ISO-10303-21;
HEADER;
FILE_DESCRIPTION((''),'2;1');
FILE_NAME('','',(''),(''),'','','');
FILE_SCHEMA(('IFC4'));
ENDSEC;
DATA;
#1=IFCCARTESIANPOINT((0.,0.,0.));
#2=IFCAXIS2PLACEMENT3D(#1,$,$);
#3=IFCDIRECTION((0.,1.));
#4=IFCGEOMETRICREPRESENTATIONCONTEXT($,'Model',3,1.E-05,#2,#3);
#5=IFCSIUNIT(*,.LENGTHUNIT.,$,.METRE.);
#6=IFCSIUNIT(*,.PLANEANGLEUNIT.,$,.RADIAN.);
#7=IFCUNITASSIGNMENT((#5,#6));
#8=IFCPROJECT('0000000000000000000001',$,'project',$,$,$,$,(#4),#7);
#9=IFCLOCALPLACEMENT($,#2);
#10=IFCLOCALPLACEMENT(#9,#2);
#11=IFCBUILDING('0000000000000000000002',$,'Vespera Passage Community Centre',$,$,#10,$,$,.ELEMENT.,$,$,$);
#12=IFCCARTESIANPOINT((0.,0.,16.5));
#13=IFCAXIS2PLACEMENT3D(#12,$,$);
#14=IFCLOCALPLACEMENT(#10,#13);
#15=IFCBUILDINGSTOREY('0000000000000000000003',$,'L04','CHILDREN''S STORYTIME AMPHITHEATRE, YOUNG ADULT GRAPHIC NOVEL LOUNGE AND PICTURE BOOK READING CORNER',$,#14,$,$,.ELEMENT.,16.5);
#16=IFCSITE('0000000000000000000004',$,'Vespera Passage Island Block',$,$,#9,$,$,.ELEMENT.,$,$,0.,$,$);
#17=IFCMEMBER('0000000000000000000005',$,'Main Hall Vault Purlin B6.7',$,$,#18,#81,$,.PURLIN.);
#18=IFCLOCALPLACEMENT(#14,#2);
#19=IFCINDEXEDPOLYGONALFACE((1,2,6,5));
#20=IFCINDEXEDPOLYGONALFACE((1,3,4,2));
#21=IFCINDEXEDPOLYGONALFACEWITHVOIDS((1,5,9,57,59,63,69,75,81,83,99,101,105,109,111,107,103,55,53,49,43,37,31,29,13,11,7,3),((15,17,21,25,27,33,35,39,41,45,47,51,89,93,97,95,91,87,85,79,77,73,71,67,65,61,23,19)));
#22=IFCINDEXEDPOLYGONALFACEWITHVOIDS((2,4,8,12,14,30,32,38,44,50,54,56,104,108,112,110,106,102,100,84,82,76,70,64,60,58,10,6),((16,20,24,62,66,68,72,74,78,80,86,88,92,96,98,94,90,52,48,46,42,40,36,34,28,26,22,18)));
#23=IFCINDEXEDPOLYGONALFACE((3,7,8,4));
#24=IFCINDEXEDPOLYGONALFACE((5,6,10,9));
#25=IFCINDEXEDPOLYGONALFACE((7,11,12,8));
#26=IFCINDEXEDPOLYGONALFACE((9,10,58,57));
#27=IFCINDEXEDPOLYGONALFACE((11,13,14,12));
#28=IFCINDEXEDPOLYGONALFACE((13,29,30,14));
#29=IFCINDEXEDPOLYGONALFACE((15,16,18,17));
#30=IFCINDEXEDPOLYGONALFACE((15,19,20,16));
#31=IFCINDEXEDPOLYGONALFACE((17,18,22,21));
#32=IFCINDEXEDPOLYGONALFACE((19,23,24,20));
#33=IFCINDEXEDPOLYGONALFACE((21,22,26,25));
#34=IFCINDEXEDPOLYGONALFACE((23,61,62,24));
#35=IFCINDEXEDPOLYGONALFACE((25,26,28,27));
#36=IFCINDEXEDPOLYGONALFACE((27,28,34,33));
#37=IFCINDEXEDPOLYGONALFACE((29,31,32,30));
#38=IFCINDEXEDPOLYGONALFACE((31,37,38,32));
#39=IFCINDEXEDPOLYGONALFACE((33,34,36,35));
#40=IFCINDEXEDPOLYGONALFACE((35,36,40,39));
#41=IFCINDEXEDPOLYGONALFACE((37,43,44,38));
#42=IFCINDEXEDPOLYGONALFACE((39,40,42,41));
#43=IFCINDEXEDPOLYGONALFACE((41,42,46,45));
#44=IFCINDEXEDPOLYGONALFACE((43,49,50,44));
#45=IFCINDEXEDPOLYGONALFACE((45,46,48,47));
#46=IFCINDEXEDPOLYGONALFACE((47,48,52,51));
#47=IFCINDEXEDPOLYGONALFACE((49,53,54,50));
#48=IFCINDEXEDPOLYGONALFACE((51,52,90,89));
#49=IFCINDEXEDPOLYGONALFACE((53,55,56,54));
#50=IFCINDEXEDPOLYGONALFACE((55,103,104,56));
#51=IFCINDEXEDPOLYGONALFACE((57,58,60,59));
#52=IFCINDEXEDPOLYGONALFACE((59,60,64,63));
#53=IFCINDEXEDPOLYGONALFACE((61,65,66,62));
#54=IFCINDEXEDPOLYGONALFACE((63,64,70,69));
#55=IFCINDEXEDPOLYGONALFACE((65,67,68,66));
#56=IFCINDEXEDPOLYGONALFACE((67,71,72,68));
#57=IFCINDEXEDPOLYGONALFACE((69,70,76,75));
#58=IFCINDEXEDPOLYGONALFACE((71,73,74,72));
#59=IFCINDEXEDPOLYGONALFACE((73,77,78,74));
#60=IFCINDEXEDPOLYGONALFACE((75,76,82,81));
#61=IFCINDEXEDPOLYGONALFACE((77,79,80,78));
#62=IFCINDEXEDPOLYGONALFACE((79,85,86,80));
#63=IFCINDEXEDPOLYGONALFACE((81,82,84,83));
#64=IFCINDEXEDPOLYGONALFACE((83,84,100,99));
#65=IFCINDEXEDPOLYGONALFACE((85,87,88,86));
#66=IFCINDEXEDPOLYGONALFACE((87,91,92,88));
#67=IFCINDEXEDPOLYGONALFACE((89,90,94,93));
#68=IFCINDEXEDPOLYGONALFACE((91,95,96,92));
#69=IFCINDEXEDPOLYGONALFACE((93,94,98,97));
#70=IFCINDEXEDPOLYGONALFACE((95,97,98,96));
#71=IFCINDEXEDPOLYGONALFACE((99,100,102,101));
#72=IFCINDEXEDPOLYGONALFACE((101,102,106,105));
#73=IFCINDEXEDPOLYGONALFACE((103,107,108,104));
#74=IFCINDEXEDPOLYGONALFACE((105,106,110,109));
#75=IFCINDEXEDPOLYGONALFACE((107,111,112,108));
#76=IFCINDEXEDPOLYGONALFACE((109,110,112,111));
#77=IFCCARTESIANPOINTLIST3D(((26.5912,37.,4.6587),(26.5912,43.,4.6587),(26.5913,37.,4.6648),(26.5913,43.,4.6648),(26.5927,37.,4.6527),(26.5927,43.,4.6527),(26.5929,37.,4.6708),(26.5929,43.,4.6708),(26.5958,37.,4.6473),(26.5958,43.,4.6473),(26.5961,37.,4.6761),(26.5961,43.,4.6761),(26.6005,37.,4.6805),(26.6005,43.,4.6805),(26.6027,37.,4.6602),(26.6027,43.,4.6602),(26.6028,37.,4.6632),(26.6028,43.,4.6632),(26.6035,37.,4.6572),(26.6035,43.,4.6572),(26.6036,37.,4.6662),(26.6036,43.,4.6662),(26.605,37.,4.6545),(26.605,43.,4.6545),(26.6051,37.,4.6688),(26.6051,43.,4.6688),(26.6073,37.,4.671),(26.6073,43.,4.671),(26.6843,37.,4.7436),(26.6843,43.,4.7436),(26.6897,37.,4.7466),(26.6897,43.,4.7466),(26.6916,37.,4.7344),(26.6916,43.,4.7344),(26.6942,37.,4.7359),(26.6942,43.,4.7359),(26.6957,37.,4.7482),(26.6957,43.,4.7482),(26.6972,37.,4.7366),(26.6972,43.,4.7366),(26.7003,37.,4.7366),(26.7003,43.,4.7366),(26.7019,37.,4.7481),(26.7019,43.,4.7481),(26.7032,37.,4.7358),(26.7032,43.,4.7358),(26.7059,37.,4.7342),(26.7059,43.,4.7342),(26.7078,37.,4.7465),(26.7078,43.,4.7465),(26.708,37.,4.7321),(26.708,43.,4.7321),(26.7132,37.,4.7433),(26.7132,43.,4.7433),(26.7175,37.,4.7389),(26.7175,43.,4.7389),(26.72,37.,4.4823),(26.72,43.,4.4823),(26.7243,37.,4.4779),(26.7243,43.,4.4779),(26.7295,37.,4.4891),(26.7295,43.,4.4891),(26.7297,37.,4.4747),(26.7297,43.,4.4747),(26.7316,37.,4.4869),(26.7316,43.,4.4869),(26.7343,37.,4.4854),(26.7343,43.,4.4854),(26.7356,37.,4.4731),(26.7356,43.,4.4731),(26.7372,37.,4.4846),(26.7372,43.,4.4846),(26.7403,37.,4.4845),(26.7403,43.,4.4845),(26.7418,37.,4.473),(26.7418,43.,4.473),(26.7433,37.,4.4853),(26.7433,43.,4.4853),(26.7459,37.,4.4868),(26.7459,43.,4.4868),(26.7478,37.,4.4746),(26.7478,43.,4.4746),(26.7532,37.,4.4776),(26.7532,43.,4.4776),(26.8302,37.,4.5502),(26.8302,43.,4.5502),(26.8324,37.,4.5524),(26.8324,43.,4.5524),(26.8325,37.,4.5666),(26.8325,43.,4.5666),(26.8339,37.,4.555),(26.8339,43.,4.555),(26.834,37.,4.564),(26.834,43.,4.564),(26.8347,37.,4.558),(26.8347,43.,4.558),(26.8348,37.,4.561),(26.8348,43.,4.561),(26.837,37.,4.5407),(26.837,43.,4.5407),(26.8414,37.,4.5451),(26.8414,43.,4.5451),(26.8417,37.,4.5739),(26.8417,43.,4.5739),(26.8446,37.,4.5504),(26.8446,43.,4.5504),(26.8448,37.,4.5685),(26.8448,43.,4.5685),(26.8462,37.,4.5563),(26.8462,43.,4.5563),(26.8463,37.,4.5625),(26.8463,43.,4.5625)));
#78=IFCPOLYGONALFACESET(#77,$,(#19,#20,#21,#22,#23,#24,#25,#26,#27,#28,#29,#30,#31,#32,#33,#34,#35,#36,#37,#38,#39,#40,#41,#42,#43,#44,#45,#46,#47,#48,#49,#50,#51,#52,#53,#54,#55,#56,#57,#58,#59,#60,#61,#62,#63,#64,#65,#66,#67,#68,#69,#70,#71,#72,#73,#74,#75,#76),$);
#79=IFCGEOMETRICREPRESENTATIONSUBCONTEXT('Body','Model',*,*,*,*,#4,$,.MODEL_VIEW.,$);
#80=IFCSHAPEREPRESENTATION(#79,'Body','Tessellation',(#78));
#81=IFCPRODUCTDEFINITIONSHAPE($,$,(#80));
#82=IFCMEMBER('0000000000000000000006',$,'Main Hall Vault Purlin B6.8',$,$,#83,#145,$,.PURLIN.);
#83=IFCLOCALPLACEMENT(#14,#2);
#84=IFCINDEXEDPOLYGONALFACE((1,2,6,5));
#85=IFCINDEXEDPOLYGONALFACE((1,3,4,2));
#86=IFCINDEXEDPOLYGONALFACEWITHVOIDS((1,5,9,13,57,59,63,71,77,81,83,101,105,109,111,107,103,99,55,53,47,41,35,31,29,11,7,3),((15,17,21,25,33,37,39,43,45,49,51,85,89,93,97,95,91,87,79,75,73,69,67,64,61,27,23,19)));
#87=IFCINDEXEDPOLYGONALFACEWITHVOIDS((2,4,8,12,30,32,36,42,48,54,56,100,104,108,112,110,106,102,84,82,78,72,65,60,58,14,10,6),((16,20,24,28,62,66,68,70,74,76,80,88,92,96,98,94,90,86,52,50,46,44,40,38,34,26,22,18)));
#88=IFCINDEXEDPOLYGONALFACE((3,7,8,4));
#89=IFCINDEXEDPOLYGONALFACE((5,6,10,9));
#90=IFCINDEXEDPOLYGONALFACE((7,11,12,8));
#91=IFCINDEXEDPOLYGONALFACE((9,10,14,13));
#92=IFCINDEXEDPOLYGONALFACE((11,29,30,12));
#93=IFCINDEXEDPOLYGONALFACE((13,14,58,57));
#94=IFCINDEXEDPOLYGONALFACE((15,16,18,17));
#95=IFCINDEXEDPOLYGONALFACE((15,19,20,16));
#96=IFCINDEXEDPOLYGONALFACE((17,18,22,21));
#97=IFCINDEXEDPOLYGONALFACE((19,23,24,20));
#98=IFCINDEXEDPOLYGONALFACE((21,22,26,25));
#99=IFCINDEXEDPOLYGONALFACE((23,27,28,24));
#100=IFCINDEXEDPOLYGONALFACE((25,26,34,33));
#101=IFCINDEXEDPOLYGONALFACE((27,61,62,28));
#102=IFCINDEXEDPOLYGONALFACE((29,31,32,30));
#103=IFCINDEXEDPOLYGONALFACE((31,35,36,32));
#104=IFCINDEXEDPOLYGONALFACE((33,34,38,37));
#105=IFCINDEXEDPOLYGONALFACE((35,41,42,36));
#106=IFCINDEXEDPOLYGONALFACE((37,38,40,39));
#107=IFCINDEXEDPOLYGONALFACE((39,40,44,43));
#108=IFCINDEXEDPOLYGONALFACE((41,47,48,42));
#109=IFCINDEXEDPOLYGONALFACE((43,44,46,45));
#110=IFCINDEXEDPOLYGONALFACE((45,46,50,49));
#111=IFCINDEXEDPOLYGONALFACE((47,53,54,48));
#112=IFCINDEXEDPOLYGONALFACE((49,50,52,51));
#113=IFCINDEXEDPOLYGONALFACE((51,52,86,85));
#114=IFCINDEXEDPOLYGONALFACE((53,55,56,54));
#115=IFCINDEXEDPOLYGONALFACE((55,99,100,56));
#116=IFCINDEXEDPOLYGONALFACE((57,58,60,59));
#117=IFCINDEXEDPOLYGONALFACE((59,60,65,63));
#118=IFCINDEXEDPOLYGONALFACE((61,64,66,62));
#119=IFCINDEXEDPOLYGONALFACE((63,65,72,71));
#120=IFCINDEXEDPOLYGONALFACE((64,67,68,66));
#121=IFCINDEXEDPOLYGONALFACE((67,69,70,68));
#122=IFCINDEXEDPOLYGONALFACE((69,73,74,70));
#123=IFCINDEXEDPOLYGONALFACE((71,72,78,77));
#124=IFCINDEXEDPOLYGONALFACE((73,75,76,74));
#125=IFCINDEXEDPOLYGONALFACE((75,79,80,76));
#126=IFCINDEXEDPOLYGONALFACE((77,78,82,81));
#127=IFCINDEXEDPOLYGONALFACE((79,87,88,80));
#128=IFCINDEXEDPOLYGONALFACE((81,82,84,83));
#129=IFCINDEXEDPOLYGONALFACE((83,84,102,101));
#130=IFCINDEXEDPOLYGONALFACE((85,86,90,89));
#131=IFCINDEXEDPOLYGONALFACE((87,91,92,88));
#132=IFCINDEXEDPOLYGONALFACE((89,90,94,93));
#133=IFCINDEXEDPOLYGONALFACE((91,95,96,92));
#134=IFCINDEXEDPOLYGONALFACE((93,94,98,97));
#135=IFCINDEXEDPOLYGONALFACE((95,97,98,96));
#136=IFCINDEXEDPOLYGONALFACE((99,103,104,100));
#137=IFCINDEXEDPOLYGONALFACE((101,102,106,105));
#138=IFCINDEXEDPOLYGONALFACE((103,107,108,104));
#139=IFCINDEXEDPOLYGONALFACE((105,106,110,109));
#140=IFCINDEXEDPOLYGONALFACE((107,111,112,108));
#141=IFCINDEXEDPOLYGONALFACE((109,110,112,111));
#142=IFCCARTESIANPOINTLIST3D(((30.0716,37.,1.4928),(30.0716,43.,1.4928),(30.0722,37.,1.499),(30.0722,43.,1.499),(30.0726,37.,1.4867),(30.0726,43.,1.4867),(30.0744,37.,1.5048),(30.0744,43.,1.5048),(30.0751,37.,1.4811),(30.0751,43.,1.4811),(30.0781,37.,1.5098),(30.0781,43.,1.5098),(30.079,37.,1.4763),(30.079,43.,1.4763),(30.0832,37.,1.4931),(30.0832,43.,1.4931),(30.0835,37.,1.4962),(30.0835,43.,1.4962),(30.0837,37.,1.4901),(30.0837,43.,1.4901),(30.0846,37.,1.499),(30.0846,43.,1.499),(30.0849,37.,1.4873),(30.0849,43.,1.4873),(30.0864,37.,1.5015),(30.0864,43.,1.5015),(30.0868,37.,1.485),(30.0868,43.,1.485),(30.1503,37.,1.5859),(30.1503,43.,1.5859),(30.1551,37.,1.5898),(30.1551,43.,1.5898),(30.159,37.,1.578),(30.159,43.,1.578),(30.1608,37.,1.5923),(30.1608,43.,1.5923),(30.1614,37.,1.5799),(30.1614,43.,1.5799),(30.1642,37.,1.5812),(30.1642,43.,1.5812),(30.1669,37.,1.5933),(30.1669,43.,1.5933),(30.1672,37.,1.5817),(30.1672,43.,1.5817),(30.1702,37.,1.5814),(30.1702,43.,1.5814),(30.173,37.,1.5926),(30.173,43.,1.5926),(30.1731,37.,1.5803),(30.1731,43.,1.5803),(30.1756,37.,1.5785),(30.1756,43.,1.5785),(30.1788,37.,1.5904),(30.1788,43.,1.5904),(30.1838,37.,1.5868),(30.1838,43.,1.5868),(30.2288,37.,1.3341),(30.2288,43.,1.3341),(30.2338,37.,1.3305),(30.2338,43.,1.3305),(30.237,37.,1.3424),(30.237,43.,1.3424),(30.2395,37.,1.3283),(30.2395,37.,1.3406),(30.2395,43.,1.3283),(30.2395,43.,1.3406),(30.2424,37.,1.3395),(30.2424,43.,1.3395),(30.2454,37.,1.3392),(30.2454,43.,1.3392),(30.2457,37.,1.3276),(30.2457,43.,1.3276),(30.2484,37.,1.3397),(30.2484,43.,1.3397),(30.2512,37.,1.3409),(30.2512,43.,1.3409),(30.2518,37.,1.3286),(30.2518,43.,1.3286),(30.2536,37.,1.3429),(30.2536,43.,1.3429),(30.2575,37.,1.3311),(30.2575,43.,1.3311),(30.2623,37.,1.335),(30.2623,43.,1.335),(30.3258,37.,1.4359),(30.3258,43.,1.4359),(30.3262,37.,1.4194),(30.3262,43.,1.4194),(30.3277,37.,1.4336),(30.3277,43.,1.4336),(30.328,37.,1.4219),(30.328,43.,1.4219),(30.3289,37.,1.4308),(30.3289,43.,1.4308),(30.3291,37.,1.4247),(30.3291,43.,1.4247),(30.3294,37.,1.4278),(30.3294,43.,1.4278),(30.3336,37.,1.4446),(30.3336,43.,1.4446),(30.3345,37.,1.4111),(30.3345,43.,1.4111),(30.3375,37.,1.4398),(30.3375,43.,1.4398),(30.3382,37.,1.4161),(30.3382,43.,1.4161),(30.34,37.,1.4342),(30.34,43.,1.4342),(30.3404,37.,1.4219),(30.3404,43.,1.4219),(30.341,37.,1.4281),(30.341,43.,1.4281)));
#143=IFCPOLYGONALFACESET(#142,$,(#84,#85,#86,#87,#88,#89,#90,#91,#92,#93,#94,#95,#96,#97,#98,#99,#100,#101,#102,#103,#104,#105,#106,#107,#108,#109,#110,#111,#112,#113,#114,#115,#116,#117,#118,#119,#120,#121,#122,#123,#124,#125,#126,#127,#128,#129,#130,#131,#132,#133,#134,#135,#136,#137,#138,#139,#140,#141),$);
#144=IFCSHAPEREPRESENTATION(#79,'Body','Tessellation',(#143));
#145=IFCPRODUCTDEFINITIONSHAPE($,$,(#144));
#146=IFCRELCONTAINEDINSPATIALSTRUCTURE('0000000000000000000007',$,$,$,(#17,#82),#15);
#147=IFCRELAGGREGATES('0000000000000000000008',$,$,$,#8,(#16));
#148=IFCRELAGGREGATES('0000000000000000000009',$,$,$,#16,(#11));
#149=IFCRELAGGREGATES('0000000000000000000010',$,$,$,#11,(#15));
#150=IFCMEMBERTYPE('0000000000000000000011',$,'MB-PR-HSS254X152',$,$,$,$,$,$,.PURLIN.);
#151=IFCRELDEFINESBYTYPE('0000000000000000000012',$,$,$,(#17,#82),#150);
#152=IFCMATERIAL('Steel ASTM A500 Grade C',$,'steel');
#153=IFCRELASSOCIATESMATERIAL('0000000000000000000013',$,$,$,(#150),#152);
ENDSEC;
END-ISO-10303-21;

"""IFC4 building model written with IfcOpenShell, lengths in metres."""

from ifc_helpers import new_model, si_unit, direction, frame, origin, origin_2d, place, context, subcontext, project, spatial, hollow_rectangle, extrude, material, material_profile, profile_set, type_object, element, save


model = new_model("IFC4")

# Units and contexts
model_context = context("Model", 3, precision=1e-05, world=origin(), true_north=direction((0.0, 1.0)))
body_context = subcontext(model_context, "Body", "Model", "MODEL_VIEW")
ifc_project = project(units=[si_unit("LENGTHUNIT", "METRE"), si_unit("PLANEANGLEUNIT", "RADIAN")], contexts=[model_context])

# Site, building, storey
site_placement = place(None, origin())
site = spatial("IfcSite", under=ifc_project, at=site_placement, Name="Vespera Passage Island Block", CompositionType="ELEMENT", RefElevation=0.0)
building_placement = place(site_placement, origin())
building = spatial("IfcBuilding", under=site, at=building_placement, Name="Vespera Passage Community Centre", CompositionType="ELEMENT")
storey_placement = place(building_placement, frame((0.0, 0.0, 16.5)))
storey = spatial("IfcBuildingStorey", under=building, at=storey_placement, Name="L04", Description="CHILDREN'S STORYTIME AMPHITHEATRE, YOUNG ADULT GRAPHIC NOVEL LOUNGE AND PICTURE BOOK READING CORNER", CompositionType="ELEMENT", Elevation=16.5)

# Members
ifc_material_1 = material(Name="Steel ASTM A500 Grade C", Category="steel")
ifc_material_profile_1 = material_profile(ifc_material_1, hollow_rectangle(XDim=0.1523, YDim=0.2539, WallThickness=0.0117, InnerFilletRadius=0.0117, OuterFilletRadius=0.0237, at=origin_2d()), Name="HSS254X152X12.7")
ifc_profile_set_1 = profile_set([ifc_material_profile_1], Name="Steel ASTM A500 Grade C")
member_type_1 = type_object("IfcMemberType", Name="MB-PR-HSS254X152", PredefinedType="PURLIN", material=ifc_profile_set_1)
for number, where, z_axis, x_axis, name in (
    (1, (26.7188, 37.0, 4.6106), (0.0, 1.0, 0.0), (-0.798972, 0.0, -0.601369), "Main Hall Vault Purlin B6.7"),
    (2, (30.2063, 37.0, 1.4604), (0.0, 1.0, 0.0), (-0.688355, 0.0, -0.725374), "Main Hall Vault Purlin B6.8"),
):
    element("IfcMember", number, at=place(storey_placement, frame(where, z_axis=z_axis, x_axis=x_axis)), inside=storey, type_object=member_type_1, Name=name, PredefinedType="PURLIN", context=body_context, shape_type="SweptSolid", body=[
        extrude(hollow_rectangle(XDim=0.1523, YDim=0.2539, WallThickness=0.0117, InnerFilletRadius=0.0117, OuterFilletRadius=0.0237, at=origin_2d()), origin(), (0.0, 0.0, 1.0), 6.0),
    ])

save(model, "model.ifc")
